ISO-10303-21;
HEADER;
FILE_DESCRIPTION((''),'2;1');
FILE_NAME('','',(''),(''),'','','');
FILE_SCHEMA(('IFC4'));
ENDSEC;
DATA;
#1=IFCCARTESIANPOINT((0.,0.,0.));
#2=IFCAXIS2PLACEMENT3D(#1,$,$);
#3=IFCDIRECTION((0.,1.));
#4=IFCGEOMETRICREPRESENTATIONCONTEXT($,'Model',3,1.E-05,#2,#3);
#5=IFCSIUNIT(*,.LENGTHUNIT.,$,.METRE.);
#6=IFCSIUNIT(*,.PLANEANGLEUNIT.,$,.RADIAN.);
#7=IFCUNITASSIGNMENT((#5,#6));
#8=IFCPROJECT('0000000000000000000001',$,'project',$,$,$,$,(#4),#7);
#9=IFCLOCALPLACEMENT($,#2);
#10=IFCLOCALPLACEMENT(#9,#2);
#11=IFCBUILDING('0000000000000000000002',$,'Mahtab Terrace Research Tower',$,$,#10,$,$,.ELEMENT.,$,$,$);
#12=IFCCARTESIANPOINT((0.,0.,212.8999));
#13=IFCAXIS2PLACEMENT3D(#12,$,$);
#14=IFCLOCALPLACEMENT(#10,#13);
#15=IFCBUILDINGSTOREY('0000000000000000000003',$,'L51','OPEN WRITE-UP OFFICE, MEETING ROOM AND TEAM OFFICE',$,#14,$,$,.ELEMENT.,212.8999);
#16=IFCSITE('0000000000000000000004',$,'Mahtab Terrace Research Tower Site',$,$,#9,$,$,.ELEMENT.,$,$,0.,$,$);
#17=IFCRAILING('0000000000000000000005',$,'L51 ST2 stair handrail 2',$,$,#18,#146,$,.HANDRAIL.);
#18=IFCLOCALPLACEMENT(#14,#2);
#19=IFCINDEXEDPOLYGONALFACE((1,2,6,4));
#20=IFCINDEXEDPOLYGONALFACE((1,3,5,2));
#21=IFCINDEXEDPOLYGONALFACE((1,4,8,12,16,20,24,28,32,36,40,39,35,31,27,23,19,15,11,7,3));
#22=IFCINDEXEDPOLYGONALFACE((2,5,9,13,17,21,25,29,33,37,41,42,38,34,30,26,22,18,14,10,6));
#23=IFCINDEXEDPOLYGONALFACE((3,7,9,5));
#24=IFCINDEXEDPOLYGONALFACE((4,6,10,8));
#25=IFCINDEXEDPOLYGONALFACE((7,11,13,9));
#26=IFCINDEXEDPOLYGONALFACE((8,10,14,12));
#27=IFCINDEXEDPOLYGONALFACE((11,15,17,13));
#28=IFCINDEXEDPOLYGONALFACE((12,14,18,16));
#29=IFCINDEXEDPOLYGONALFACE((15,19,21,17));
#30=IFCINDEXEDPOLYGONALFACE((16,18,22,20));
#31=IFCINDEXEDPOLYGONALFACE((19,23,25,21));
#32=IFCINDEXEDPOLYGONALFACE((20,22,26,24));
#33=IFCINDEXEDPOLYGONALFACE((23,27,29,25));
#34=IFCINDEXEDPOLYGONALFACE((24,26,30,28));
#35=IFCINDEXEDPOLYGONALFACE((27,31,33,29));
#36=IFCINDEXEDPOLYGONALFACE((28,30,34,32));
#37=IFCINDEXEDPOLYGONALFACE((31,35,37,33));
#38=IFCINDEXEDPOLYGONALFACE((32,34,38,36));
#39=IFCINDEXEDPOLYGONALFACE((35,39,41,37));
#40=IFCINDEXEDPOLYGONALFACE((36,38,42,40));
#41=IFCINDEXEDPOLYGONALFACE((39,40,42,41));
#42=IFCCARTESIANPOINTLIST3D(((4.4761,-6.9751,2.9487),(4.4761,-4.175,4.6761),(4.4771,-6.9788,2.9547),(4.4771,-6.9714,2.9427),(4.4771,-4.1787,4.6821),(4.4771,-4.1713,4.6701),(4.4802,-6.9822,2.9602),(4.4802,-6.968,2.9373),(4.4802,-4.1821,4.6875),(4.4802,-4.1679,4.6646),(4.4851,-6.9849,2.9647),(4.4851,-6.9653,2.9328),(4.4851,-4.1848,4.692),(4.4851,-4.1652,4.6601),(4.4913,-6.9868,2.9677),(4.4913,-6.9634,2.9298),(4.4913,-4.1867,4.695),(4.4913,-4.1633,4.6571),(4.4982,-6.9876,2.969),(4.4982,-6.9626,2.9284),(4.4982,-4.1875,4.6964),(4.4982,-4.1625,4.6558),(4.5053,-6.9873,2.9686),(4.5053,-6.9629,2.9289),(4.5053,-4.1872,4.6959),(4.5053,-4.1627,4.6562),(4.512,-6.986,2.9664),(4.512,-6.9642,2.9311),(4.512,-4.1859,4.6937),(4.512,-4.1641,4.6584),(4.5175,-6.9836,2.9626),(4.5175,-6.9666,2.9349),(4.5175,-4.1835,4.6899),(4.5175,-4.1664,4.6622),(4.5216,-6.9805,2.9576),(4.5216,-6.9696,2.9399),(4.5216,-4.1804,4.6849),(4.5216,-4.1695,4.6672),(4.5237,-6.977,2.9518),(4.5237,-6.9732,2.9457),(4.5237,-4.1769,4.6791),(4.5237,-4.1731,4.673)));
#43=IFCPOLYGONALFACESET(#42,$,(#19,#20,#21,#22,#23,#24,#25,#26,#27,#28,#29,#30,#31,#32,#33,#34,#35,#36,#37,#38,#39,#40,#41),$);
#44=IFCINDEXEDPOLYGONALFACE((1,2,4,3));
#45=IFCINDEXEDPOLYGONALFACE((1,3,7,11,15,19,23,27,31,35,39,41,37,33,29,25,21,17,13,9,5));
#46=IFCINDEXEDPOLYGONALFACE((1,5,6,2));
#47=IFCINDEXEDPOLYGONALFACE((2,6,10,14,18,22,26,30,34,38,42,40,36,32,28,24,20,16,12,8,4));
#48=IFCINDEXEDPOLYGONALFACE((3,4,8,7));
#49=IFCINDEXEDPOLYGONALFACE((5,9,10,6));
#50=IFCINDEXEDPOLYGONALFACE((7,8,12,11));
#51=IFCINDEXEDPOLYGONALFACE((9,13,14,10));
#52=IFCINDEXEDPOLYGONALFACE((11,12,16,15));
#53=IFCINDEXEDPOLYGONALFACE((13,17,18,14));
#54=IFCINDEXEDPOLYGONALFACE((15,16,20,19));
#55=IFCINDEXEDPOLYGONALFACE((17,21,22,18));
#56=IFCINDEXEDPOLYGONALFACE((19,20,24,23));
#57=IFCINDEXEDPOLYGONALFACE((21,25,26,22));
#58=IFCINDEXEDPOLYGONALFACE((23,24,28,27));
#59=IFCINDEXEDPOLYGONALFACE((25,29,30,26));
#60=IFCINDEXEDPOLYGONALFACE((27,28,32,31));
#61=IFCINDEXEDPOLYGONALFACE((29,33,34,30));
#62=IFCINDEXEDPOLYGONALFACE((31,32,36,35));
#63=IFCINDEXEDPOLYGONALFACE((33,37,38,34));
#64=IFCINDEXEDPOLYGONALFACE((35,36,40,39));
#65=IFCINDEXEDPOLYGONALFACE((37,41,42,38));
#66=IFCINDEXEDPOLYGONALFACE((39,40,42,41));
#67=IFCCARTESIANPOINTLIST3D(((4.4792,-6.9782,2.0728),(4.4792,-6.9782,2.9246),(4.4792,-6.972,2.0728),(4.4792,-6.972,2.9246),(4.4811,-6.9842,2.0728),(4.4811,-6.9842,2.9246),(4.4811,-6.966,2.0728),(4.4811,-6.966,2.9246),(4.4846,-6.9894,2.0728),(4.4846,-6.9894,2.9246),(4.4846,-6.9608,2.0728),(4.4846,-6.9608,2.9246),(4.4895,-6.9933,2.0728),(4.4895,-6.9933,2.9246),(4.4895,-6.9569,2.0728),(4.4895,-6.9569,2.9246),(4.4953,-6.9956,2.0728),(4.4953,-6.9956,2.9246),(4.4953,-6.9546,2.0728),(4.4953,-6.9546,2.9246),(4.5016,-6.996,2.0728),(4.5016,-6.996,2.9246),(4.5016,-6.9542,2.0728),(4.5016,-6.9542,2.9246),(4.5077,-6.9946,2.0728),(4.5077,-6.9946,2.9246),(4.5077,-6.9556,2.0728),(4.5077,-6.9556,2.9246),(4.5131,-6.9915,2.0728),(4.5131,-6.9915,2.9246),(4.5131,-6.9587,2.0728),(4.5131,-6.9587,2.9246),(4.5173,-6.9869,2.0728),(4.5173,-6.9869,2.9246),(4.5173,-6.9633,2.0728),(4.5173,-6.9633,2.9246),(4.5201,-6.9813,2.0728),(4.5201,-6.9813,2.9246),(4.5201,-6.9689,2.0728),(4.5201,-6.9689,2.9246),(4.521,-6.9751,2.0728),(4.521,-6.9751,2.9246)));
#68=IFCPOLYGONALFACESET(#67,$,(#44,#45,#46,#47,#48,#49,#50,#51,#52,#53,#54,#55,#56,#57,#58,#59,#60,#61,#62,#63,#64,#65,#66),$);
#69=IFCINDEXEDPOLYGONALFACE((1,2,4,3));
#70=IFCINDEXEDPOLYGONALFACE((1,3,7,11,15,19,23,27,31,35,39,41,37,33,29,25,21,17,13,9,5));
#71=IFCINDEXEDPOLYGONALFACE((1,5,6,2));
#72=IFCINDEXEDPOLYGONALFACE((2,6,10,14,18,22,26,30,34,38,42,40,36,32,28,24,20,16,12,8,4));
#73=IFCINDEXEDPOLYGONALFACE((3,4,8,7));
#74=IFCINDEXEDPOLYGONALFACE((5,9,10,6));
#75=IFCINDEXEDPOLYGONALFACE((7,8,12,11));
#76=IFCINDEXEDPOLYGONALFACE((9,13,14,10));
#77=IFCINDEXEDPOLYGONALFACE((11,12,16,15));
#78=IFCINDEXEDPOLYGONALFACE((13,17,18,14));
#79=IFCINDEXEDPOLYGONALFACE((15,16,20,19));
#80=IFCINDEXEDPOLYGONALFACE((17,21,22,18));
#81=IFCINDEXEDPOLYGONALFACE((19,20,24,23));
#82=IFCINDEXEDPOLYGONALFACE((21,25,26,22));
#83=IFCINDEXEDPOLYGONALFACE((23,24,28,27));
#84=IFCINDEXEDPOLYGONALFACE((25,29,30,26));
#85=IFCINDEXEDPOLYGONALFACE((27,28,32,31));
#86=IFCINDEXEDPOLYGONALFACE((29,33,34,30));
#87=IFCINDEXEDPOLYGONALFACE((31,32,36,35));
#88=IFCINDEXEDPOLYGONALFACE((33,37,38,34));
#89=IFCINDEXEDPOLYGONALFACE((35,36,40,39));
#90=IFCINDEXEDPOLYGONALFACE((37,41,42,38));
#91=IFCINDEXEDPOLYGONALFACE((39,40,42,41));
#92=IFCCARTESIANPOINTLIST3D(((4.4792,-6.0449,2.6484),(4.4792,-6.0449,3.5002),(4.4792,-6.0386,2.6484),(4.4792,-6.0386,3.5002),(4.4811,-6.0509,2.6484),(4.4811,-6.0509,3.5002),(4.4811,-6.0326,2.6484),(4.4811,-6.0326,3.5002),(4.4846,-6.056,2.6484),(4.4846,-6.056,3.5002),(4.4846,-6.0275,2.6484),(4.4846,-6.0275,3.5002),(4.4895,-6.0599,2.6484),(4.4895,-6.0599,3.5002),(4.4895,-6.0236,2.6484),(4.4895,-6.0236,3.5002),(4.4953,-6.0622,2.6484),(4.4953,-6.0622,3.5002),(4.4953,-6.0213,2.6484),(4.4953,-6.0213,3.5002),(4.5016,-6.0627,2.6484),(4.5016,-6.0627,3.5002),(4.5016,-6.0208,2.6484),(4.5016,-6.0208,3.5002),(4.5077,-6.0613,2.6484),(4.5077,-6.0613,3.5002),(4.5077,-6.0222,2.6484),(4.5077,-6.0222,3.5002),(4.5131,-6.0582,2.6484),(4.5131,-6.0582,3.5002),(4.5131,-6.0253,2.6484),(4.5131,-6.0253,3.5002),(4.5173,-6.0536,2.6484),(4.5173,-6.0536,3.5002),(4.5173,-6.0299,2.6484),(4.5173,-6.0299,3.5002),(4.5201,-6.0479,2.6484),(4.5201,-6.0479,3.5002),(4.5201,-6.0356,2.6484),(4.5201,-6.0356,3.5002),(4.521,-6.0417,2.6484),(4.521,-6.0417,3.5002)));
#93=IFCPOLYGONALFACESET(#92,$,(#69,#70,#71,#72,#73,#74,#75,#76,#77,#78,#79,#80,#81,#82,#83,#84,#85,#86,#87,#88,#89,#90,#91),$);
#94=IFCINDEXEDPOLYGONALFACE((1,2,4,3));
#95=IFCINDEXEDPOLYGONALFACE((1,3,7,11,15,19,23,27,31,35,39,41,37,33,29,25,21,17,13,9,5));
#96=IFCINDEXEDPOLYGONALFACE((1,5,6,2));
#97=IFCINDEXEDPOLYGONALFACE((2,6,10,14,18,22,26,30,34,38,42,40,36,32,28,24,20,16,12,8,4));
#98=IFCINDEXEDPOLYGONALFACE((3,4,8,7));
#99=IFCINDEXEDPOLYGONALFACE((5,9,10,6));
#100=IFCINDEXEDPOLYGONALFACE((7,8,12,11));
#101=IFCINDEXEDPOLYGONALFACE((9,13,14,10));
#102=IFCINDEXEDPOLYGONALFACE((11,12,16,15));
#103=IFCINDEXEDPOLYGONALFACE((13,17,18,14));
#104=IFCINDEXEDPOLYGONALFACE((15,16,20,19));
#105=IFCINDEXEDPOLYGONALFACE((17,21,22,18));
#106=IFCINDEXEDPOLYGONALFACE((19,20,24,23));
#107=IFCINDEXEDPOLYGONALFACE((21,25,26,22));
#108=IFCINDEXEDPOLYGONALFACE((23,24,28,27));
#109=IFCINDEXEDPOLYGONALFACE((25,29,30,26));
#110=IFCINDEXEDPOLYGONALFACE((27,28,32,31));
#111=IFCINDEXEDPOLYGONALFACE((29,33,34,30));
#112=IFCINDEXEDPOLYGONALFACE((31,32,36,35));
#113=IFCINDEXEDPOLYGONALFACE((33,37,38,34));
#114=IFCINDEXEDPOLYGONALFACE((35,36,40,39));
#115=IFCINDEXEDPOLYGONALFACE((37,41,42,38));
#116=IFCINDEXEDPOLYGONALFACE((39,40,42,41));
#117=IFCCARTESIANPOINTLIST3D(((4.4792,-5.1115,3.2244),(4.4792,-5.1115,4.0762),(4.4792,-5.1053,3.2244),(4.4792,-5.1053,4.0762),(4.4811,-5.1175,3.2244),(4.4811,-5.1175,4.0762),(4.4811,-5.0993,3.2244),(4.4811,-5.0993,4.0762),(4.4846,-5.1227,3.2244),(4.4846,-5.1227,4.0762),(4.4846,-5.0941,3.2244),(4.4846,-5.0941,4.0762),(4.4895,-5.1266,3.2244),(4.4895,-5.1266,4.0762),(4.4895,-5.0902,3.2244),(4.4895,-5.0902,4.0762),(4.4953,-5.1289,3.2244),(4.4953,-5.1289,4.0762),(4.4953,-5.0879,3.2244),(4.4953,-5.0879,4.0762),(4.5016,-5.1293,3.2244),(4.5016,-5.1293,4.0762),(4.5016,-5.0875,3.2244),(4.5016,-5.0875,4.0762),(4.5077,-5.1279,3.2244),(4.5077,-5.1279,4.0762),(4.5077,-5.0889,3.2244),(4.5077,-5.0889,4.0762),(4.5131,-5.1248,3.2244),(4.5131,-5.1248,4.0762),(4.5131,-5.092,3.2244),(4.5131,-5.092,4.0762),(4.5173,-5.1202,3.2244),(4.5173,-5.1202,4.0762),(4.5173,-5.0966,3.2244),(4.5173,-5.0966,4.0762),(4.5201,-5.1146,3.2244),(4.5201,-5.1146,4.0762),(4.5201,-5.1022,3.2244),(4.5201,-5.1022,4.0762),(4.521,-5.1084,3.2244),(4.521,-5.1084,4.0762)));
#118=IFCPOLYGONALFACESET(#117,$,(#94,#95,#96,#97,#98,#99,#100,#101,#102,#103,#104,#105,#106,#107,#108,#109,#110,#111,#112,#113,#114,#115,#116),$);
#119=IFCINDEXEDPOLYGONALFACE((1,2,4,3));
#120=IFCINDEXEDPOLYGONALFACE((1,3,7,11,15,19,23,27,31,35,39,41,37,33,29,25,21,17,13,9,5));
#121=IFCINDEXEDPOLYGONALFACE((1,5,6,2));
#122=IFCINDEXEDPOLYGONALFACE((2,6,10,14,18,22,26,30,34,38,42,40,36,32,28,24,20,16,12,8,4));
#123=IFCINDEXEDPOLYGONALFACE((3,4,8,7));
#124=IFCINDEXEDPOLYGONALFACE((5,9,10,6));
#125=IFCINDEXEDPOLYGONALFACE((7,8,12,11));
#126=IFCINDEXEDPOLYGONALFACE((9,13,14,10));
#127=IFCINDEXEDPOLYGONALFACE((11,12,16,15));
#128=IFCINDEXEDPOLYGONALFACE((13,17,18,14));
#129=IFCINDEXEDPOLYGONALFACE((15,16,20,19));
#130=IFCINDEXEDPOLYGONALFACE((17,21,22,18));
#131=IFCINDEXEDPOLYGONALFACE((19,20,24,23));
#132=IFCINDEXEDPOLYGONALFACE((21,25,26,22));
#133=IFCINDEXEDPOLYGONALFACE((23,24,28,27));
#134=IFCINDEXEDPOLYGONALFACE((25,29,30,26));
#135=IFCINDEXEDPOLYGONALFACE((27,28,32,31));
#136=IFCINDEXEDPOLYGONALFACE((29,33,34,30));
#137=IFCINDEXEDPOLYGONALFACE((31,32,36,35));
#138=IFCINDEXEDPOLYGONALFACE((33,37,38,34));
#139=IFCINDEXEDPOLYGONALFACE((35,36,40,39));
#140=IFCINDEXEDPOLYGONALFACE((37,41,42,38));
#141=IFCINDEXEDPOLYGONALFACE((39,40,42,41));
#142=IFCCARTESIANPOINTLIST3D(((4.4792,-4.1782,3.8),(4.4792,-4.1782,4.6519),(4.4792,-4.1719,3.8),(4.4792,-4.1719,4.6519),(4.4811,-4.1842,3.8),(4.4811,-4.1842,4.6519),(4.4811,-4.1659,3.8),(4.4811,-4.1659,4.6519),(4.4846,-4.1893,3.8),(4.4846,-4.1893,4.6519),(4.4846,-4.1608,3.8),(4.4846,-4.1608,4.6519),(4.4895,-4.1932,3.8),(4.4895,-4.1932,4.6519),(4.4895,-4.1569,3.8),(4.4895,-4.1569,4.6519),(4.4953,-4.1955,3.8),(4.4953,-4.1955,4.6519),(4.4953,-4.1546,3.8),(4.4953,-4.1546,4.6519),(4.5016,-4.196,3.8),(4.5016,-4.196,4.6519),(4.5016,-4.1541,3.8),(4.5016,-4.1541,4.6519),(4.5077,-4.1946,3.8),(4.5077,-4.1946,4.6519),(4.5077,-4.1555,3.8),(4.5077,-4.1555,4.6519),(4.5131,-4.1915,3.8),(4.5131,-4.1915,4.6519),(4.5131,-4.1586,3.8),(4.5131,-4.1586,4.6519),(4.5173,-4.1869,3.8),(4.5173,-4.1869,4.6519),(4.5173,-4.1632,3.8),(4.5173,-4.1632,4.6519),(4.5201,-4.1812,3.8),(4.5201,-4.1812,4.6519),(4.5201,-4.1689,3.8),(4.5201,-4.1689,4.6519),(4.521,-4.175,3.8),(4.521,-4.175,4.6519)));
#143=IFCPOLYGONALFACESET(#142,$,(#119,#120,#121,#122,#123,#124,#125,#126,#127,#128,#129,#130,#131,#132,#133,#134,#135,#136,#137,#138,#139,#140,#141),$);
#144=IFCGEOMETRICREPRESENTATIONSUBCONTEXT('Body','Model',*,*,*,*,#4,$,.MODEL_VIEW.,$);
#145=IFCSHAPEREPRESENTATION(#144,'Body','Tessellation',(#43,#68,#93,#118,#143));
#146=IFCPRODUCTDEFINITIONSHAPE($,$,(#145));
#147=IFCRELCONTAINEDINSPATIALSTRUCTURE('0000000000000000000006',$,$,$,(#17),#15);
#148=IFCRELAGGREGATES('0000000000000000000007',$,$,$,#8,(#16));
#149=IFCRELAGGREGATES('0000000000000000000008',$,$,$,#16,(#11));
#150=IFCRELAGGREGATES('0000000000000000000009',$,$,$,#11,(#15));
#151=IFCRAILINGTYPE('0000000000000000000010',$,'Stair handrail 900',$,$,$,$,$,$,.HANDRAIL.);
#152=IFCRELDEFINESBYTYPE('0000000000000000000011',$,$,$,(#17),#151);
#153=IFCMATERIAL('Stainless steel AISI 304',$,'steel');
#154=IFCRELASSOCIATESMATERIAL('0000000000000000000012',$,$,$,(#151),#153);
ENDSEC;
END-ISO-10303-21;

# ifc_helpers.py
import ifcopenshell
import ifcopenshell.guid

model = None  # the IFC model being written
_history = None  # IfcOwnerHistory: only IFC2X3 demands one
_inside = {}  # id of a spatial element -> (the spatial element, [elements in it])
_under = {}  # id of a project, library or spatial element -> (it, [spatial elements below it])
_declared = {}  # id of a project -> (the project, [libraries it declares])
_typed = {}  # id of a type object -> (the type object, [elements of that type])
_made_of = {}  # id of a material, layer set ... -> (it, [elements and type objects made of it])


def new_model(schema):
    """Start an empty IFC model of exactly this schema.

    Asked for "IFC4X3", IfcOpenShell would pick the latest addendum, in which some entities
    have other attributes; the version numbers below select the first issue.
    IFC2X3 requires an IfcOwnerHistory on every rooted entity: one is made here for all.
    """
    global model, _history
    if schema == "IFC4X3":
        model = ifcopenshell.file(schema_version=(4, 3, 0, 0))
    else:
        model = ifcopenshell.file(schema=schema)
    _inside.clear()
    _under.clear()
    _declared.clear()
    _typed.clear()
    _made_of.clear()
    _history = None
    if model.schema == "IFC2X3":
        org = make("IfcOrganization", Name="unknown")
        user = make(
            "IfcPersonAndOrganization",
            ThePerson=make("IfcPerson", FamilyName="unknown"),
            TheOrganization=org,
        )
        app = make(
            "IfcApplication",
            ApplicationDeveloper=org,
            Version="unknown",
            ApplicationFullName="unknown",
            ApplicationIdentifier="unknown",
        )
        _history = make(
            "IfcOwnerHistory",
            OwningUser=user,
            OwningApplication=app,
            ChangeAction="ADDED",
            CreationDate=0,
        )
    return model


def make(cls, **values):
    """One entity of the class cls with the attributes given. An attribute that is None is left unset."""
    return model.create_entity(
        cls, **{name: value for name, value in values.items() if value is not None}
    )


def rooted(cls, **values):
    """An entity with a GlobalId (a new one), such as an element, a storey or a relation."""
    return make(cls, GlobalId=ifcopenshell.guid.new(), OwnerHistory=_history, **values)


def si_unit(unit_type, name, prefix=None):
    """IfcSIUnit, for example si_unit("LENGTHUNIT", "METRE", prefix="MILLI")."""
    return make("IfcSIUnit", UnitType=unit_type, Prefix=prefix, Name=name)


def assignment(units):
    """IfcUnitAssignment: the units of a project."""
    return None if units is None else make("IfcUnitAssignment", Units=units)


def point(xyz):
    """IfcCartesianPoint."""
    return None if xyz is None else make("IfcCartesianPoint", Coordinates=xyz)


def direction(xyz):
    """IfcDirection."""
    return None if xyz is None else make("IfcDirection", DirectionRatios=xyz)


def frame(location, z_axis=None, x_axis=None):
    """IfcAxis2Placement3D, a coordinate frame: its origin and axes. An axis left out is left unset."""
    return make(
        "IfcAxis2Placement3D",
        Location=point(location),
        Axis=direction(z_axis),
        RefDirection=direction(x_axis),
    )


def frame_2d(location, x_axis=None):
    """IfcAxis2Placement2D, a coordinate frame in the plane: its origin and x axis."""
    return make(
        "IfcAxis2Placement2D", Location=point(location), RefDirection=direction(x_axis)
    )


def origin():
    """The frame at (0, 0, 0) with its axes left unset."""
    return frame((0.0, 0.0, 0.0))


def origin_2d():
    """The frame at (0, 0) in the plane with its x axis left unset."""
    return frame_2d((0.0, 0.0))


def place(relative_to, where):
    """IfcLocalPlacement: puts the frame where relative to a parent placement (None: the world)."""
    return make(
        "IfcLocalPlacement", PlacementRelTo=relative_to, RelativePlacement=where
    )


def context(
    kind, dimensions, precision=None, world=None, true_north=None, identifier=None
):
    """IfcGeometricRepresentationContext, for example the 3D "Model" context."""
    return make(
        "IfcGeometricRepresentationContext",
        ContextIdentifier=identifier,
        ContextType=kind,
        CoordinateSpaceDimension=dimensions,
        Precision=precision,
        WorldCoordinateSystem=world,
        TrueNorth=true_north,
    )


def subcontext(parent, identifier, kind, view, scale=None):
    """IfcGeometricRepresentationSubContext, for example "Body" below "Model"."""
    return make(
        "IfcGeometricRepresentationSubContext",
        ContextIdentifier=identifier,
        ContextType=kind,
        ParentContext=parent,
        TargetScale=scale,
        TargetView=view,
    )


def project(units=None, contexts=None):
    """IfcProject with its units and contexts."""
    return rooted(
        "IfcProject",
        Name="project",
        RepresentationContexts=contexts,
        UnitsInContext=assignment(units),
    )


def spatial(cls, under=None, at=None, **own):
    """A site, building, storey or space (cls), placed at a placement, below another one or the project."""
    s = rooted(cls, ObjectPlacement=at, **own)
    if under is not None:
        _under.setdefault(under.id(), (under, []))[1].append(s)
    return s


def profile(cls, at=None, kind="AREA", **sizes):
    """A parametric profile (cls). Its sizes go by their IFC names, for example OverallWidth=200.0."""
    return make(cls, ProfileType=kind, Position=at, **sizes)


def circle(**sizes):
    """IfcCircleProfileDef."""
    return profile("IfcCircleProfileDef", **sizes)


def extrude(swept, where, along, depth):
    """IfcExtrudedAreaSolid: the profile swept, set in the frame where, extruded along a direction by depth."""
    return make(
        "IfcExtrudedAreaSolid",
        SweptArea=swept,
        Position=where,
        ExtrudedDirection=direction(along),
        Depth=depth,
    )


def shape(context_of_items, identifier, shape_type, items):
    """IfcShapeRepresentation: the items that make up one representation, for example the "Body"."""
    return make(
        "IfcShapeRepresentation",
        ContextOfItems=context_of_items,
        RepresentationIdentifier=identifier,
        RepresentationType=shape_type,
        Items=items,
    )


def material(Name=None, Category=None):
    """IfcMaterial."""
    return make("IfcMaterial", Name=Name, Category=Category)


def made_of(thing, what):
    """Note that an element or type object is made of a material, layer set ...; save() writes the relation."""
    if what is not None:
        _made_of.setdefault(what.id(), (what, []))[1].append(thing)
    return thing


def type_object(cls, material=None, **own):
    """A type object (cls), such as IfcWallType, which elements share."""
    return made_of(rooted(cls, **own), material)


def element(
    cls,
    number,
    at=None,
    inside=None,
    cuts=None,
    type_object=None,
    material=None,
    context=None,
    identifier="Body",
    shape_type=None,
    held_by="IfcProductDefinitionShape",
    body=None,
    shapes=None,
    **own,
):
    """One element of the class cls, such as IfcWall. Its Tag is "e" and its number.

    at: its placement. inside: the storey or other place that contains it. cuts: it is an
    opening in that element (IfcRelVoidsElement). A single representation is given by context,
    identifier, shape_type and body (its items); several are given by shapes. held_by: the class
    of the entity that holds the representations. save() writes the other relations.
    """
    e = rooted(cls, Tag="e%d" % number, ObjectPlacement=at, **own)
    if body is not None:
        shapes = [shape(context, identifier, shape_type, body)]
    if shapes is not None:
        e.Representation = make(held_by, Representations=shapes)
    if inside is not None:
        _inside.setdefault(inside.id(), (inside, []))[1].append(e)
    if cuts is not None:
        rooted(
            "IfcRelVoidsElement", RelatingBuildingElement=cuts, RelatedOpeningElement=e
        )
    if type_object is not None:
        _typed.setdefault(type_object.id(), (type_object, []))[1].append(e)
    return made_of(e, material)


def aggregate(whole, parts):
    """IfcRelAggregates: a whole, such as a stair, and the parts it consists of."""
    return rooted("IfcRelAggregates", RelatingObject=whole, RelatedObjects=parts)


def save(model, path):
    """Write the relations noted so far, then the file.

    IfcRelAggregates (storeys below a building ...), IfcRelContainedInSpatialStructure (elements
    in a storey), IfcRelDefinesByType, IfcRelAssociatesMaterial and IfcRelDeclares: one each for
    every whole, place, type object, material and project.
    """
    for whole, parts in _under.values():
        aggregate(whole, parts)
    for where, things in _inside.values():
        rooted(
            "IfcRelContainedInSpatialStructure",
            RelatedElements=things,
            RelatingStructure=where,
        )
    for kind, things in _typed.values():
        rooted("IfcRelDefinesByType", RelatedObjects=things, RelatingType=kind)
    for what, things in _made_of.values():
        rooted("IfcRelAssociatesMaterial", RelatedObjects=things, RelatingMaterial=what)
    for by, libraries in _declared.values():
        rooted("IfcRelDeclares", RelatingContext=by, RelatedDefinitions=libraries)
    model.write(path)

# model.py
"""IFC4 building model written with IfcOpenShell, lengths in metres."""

from ifc_helpers import new_model, si_unit, direction, frame, origin, origin_2d, place, context, subcontext, project, spatial, circle, extrude, material, type_object, element, save


model = new_model("IFC4")

# Units and contexts
model_context = context("Model", 3, precision=1e-05, world=origin(), true_north=direction((0.0, 1.0)))
body_context = subcontext(model_context, "Body", "Model", "MODEL_VIEW")
ifc_project = project(units=[si_unit("LENGTHUNIT", "METRE"), si_unit("PLANEANGLEUNIT", "RADIAN")], contexts=[model_context])

# Site, building, storey
site_placement = place(None, origin())
site = spatial("IfcSite", under=ifc_project, at=site_placement, Name="Mahtab Terrace Research Tower Site", CompositionType="ELEMENT", RefElevation=0.0)
building_placement = place(site_placement, origin())
building = spatial("IfcBuilding", under=site, at=building_placement, Name="Mahtab Terrace Research Tower", CompositionType="ELEMENT")
storey_placement = place(building_placement, frame((0.0, 0.0, 212.8999)))
storey = spatial("IfcBuildingStorey", under=building, at=storey_placement, Name="L51", Description="OPEN WRITE-UP OFFICE, MEETING ROOM AND TEAM OFFICE", CompositionType="ELEMENT", Elevation=212.8999)

# Railing
ifc_material_1 = material(Name="Stainless steel AISI 304", Category="steel")
railing_type_1 = type_object("IfcRailingType", Name="Stair handrail 900", PredefinedType="HANDRAIL", material=ifc_material_1)
railing_1_placement = place(storey_placement, frame((4.5, -6.9751, 2.0728)))
element("IfcRailing", 1, at=railing_1_placement, inside=storey, type_object=railing_type_1, Name="L51 ST2 stair handrail 2", PredefinedType="HANDRAIL", context=body_context, shape_type="SweptSolid", body=[
    extrude(circle(Radius=0.0239, at=origin_2d()), frame((0.0, 0.0, 0.876), z_axis=(0.0, 0.85109, 0.52502), x_axis=(-1.0, 0.0, 0.0)), (0.0, 0.0, 1.0), 3.29),
    extrude(circle(Radius=0.021, at=origin_2d()), origin(), (0.0, 0.0, 1.0), 0.8518),
    extrude(circle(Radius=0.021, at=origin_2d()), frame((0.0, 0.9333, 0.5757)), (0.0, 0.0, 1.0), 0.8518),
    extrude(circle(Radius=0.021, at=origin_2d()), frame((0.0, 1.8667, 1.1516)), (0.0, 0.0, 1.0), 0.8518),
    extrude(circle(Radius=0.021, at=origin_2d()), frame((0.0, 2.8, 1.7273)), (0.0, 0.0, 1.0), 0.8518),
])

save(model, "model.ifc")
